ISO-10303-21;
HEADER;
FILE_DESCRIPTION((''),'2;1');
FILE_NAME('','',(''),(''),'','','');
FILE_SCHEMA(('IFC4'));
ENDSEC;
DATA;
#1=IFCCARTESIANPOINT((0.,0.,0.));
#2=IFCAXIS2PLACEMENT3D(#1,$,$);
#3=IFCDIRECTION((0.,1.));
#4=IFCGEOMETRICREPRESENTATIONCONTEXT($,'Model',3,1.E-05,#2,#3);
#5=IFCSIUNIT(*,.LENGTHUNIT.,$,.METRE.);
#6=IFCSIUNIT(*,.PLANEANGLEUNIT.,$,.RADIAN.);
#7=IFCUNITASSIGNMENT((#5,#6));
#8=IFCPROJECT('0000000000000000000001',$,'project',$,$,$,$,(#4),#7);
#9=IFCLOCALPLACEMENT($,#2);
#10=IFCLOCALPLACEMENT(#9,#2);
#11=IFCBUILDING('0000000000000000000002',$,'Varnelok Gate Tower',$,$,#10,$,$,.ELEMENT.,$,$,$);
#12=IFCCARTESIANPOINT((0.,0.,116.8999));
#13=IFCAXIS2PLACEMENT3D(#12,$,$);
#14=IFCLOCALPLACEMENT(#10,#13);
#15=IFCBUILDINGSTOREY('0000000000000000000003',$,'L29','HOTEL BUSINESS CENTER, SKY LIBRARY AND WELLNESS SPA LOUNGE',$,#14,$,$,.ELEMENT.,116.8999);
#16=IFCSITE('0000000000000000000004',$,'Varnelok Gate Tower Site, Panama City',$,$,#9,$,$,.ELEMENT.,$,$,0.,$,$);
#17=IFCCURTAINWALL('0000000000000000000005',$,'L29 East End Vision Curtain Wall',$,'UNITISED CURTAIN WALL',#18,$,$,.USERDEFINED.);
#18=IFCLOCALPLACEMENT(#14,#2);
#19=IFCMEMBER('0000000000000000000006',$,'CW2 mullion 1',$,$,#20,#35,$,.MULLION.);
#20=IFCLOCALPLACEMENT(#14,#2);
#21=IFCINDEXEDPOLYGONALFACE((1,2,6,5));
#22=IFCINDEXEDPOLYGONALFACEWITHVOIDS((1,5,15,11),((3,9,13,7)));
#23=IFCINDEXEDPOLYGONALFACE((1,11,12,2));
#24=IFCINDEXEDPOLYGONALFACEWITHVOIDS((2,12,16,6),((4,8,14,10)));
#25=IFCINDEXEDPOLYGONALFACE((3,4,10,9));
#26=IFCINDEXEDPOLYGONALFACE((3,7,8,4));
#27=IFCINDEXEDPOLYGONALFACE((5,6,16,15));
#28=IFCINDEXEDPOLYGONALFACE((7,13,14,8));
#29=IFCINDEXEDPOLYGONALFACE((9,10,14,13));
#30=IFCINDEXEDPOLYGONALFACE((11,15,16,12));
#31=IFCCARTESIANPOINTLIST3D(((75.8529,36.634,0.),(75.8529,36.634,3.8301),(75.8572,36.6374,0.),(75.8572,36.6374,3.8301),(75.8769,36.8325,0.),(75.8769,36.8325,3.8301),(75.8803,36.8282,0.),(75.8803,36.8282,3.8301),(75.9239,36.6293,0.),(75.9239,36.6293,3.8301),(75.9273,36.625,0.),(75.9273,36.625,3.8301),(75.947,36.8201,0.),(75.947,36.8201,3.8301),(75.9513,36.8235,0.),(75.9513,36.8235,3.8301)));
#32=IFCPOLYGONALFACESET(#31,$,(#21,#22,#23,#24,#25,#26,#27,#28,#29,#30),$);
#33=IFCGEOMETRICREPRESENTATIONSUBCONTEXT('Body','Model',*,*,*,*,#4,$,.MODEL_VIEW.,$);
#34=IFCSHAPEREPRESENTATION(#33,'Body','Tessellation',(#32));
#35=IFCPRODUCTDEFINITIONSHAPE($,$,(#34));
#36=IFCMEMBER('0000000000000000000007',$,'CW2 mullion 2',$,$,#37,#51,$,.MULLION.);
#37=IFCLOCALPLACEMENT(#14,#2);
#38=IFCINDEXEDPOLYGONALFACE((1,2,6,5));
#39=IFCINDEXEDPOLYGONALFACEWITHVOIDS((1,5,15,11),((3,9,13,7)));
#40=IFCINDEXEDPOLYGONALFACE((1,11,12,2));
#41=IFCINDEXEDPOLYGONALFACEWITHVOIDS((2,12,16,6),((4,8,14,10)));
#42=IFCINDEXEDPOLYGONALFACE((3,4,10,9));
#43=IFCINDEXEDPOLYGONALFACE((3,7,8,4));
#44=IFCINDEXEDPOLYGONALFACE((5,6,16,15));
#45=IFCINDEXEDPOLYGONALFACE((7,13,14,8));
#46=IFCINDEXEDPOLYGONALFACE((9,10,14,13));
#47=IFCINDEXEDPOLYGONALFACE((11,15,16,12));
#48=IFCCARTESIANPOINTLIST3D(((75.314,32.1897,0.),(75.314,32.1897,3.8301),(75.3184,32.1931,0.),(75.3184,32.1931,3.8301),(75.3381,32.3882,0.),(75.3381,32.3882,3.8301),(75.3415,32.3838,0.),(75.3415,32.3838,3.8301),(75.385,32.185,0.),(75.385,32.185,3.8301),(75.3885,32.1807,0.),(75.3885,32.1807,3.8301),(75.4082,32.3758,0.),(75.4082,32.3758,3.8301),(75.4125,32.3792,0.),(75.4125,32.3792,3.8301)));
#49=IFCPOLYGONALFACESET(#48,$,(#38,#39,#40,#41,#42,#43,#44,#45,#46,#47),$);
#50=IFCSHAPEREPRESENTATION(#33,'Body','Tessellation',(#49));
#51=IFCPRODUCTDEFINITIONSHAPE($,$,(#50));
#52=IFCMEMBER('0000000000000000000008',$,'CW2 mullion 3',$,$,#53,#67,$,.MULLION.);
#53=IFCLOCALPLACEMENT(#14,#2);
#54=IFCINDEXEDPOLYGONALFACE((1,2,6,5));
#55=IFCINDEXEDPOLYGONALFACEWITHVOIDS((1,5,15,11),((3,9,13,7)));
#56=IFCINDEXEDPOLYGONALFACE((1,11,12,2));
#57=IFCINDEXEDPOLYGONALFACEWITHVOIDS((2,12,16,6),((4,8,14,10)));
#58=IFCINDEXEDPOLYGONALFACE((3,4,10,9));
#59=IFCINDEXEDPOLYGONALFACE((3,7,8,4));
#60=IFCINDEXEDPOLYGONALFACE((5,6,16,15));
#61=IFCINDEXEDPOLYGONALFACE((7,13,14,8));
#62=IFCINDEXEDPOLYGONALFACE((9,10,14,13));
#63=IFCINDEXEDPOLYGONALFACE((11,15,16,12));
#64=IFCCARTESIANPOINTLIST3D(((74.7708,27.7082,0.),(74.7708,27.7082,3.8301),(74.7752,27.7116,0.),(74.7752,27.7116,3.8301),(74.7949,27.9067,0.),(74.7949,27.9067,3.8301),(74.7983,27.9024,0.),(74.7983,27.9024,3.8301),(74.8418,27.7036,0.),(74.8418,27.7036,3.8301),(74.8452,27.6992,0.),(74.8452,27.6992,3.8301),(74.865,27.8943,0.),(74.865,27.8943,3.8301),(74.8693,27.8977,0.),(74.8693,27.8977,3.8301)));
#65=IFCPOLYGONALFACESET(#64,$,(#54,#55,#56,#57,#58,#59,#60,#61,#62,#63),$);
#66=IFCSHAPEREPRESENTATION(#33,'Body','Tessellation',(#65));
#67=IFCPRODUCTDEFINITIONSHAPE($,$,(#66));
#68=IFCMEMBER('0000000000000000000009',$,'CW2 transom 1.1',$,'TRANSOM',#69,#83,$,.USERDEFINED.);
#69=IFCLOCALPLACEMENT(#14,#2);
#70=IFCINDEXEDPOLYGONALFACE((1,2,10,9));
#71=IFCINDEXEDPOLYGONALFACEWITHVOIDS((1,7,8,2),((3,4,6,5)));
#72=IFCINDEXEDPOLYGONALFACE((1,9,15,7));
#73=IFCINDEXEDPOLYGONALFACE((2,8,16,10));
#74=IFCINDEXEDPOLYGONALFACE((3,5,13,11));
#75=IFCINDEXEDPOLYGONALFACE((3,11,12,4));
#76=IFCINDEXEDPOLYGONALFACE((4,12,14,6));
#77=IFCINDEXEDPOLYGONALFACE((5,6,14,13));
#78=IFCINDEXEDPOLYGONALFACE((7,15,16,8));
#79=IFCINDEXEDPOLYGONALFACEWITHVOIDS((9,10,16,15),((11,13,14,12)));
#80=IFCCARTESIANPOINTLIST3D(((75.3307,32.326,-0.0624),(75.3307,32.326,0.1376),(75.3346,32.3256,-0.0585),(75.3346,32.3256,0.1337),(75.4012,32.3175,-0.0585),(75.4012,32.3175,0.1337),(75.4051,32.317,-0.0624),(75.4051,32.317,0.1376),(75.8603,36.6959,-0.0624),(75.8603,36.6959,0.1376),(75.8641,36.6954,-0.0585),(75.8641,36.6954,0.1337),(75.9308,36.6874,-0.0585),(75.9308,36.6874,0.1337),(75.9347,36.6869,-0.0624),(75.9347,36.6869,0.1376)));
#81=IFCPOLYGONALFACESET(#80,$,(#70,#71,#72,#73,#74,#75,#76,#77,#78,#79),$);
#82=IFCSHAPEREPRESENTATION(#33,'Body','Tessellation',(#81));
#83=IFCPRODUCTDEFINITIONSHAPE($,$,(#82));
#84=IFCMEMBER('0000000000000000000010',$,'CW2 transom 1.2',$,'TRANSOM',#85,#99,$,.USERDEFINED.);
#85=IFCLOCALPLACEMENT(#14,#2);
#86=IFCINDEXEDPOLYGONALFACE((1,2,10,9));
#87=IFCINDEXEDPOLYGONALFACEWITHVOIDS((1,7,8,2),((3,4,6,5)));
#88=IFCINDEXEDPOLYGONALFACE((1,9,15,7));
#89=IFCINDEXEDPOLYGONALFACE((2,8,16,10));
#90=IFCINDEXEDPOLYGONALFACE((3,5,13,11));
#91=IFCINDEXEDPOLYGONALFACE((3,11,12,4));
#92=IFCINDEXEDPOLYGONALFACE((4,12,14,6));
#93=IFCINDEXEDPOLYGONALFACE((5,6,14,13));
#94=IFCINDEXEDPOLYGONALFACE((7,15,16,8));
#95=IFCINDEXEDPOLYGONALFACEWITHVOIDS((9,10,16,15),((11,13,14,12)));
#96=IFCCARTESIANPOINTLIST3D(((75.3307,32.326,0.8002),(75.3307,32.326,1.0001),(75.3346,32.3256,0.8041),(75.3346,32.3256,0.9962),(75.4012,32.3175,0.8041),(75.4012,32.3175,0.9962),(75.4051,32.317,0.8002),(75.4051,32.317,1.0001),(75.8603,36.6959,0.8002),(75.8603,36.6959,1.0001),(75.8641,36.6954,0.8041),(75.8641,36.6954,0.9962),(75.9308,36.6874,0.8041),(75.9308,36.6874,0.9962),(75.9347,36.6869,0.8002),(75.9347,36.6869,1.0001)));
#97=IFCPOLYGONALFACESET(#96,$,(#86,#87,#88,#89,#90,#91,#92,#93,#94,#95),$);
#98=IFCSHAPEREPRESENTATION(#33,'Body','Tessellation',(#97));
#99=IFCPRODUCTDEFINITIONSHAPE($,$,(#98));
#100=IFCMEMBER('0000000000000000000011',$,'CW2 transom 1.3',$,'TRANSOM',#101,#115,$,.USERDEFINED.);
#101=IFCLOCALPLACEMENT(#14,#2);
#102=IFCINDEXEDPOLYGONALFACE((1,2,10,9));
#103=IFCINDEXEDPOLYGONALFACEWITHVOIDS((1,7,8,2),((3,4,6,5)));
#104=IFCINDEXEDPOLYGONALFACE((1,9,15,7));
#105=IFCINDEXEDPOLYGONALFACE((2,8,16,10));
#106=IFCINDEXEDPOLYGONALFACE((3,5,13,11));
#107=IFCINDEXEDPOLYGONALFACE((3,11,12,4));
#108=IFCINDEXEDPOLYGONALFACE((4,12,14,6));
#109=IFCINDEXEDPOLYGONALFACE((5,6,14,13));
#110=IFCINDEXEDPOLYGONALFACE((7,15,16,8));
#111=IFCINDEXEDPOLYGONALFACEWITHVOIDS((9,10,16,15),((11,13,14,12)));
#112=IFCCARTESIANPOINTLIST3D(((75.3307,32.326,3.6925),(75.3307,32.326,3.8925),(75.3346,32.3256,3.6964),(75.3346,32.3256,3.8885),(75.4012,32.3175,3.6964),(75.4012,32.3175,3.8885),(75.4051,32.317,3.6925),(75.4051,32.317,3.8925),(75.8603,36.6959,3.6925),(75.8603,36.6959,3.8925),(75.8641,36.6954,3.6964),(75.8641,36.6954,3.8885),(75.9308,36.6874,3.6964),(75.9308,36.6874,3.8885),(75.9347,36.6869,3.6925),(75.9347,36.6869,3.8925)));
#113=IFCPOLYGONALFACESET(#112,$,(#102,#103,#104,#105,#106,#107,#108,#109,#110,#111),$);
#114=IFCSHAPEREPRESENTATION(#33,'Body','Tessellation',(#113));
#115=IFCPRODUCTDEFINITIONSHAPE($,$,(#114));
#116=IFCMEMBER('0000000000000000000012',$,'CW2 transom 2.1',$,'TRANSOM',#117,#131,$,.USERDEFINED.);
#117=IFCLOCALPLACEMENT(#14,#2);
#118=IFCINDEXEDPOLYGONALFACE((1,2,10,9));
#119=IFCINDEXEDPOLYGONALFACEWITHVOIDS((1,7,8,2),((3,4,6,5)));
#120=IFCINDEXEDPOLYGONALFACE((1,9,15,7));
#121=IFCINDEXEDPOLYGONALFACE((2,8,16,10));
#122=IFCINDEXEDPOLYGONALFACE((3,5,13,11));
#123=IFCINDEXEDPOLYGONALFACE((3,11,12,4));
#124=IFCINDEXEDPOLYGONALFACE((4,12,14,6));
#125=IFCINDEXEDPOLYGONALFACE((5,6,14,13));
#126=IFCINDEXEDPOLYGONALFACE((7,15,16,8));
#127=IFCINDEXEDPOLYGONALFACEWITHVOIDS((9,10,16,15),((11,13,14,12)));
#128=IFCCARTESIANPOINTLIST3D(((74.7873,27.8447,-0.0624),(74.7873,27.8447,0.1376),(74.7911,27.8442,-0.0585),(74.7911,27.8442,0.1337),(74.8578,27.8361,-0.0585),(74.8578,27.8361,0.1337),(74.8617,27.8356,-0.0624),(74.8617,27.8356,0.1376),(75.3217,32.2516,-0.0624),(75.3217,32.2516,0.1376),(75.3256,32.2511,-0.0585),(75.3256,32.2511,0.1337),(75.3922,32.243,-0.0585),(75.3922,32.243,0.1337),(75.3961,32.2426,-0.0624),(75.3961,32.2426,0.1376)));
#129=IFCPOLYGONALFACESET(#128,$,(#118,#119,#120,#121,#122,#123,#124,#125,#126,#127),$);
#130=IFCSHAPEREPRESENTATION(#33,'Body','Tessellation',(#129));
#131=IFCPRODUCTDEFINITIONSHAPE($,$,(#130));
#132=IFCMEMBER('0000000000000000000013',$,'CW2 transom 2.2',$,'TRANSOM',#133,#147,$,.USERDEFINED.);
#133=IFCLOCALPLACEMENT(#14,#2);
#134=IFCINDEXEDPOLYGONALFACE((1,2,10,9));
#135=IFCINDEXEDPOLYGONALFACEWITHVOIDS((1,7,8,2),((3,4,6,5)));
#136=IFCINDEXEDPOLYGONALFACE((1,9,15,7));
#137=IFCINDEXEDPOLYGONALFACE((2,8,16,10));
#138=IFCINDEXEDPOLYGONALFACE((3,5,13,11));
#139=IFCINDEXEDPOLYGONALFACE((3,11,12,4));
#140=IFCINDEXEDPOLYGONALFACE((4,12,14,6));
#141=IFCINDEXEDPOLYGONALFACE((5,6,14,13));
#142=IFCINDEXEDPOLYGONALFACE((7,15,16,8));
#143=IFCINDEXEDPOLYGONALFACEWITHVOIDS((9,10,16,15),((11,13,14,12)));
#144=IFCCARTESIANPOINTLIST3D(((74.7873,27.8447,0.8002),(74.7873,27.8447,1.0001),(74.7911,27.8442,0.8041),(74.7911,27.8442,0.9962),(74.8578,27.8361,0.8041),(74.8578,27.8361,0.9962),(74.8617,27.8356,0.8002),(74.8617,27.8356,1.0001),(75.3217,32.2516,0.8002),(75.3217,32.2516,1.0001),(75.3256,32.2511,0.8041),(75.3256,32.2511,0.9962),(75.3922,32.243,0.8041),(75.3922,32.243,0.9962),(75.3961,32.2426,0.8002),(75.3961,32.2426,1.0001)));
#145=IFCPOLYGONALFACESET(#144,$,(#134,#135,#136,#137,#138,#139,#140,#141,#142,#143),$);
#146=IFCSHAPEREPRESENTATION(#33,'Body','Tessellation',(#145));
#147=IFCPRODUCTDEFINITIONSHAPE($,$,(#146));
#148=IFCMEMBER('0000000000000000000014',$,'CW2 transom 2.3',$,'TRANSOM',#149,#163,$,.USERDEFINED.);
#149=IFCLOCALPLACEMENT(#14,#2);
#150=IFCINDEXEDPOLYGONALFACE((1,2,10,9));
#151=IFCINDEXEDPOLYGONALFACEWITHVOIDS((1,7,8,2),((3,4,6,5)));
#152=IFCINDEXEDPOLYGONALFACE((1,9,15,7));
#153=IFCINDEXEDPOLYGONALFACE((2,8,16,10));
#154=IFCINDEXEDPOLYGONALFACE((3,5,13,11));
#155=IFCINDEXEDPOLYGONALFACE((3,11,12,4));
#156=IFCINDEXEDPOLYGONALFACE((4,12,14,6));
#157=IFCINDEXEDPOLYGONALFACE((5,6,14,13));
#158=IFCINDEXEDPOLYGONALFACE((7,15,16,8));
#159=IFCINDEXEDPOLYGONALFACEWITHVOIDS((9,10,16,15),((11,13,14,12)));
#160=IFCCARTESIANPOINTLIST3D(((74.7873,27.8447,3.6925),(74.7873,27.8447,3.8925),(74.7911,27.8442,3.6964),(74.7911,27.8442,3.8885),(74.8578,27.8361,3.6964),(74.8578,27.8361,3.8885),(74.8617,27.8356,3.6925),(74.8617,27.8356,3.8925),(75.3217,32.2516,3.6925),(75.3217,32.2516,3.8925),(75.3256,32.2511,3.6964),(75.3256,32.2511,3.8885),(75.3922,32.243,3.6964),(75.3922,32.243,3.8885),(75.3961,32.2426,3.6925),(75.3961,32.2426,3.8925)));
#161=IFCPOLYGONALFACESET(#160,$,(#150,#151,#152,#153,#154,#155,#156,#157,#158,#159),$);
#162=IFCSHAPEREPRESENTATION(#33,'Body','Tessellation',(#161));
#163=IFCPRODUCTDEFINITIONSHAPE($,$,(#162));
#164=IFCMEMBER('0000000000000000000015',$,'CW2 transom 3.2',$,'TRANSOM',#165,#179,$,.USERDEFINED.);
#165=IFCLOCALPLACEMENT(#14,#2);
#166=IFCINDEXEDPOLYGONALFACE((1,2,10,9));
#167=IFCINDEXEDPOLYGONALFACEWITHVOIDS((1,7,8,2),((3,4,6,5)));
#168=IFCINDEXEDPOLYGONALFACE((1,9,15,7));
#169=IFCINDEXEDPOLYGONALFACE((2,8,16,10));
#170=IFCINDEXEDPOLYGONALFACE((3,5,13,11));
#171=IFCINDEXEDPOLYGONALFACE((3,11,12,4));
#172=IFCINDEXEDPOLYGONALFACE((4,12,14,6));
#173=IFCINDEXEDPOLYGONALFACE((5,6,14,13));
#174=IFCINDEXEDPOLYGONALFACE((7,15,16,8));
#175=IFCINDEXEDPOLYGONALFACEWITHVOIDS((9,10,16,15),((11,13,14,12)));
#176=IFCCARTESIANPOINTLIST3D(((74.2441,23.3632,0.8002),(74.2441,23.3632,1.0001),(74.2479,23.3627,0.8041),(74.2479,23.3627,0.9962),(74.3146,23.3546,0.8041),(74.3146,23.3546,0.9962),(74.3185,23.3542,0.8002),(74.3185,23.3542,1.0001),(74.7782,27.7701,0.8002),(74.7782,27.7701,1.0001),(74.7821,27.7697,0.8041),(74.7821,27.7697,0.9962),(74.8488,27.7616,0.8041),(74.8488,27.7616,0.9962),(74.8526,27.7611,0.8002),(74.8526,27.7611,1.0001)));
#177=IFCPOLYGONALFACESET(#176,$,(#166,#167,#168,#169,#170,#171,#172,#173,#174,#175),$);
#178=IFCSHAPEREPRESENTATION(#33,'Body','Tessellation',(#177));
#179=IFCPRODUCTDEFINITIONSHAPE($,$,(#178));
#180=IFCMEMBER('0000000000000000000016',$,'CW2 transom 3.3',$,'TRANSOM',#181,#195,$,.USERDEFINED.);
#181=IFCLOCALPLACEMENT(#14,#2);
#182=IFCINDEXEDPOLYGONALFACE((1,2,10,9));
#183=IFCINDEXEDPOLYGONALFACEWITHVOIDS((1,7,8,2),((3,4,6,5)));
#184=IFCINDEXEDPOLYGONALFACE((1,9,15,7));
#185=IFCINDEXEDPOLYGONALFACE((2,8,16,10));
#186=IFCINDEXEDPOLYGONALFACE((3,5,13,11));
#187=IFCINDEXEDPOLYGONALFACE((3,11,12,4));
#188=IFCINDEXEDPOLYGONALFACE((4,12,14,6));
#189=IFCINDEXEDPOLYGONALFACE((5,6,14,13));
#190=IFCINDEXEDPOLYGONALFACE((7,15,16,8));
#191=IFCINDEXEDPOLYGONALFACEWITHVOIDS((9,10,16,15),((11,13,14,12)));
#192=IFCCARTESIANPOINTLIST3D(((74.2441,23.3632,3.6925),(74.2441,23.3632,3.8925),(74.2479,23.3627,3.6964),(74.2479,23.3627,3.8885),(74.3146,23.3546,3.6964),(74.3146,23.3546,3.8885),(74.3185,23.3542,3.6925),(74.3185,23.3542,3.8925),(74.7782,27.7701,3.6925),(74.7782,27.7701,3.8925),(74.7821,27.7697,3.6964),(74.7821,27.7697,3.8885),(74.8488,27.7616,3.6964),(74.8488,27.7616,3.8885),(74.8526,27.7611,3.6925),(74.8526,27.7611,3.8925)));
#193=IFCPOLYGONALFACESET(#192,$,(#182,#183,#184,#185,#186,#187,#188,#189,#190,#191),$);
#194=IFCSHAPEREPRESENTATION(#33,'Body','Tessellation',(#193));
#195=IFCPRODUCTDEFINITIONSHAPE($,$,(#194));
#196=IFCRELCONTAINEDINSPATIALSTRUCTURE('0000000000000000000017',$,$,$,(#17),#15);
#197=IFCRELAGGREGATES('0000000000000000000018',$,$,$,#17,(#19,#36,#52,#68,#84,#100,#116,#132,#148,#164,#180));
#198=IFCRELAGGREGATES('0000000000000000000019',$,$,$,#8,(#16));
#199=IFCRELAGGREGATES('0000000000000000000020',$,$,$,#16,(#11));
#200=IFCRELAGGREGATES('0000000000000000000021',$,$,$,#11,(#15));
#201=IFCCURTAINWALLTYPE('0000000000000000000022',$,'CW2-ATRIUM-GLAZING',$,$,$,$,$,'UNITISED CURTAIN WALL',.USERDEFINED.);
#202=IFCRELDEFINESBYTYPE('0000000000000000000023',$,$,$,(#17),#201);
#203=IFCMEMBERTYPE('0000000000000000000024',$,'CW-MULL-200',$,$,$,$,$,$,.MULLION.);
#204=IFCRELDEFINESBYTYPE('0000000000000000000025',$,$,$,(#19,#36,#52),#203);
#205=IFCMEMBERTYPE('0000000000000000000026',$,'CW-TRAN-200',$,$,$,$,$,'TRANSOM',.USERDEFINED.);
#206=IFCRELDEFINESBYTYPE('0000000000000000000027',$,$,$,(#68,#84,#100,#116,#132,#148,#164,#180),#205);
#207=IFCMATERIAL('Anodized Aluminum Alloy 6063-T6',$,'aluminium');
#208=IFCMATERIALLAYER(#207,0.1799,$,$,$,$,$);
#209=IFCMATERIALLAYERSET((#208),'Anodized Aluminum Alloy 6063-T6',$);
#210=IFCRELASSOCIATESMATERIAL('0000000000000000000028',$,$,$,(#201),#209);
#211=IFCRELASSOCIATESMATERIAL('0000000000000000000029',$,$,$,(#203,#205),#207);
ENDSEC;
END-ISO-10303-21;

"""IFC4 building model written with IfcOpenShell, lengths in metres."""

from ifc_helpers import new_model, si_unit, direction, frame, origin, origin_2d, place, context, subcontext, project, spatial, hollow_rectangle, extrude, material, layer, layer_set, material_profile, profile_set, type_object, element, aggregate, save


model = new_model("IFC4")

# Units and contexts
model_context = context("Model", 3, precision=1e-05, world=origin(), true_north=direction((0.0, 1.0)))
body_context = subcontext(model_context, "Body", "Model", "MODEL_VIEW")
ifc_project = project(units=[si_unit("LENGTHUNIT", "METRE"), si_unit("PLANEANGLEUNIT", "RADIAN")], contexts=[model_context])

# Site, building, storey
site_placement = place(None, origin())
site = spatial("IfcSite", under=ifc_project, at=site_placement, Name="Varnelok Gate Tower Site, Panama City", CompositionType="ELEMENT", RefElevation=0.0)
building_placement = place(site_placement, origin())
building = spatial("IfcBuilding", under=site, at=building_placement, Name="Varnelok Gate Tower", CompositionType="ELEMENT")
storey_placement = place(building_placement, frame((0.0, 0.0, 116.8999)))
storey = spatial("IfcBuildingStorey", under=building, at=storey_placement, Name="L29", Description="HOTEL BUSINESS CENTER, SKY LIBRARY AND WELLNESS SPA LOUNGE", CompositionType="ELEMENT", Elevation=116.8999)

# Curtain wall, members
ifc_material_1 = material(Name="Anodized Aluminum Alloy 6063-T6", Category="aluminium")
ifc_layer_1 = layer(ifc_material_1, 0.1799)
ifc_layer_set_1 = layer_set([ifc_layer_1], Name="Anodized Aluminum Alloy 6063-T6")
curtain_wall_type = type_object("IfcCurtainWallType", Name="CW2-ATRIUM-GLAZING", ElementType="UNITISED CURTAIN WALL", PredefinedType="USERDEFINED", material=ifc_layer_set_1)
curtain_wall_placement = place(storey_placement, origin())
curtain_wall = element("IfcCurtainWall", 1, at=curtain_wall_placement, inside=storey, type_object=curtain_wall_type, Name="L29 East End Vision Curtain Wall", ObjectType="UNITISED CURTAIN WALL", PredefinedType="USERDEFINED")
ifc_material_profile_1 = material_profile(ifc_material_1, hollow_rectangle(XDim=0.075, YDim=0.2, WallThickness=0.0039, at=origin_2d()), Name="ALU200X75X4")
ifc_profile_set_1 = profile_set([ifc_material_profile_1], Name="Anodized Aluminum Alloy 6063-T6")
member_type_1 = type_object("IfcMemberType", Name="CW-MULL-200", PredefinedType="MULLION", material=ifc_profile_set_1)
member_1_placement = place(storey_placement, frame((75.9021, 36.7288, 0.0), z_axis=(0.0, 0.0, 1.0), x_axis=(0.992732, -0.120345, 0.0)))
member_1 = element("IfcMember", 2, at=member_1_placement, type_object=member_type_1, Name="CW2 mullion 1", PredefinedType="MULLION", context=body_context, shape_type="SweptSolid", body=[
    extrude(hollow_rectangle(XDim=0.075, YDim=0.2, WallThickness=0.0039, at=origin_2d()), origin(), (0.0, 0.0, 1.0), 3.8301),
])
member_2_placement = place(storey_placement, frame((75.3633, 32.2844, 0.0), z_axis=(0.0, 0.0, 1.0), x_axis=(0.992732, -0.120345, 0.0)))
member_2 = element("IfcMember", 3, at=member_2_placement, type_object=member_type_1, Name="CW2 mullion 2", PredefinedType="MULLION", context=body_context, shape_type="SweptSolid", body=[
    extrude(hollow_rectangle(XDim=0.075, YDim=0.2, WallThickness=0.0039, at=origin_2d()), origin(), (0.0, 0.0, 1.0), 3.8301),
])
member_3_placement = place(storey_placement, frame((74.8201, 27.803, 0.0), z_axis=(0.0, 0.0, 1.0), x_axis=(0.992732, -0.120345, 0.0)))
member_3 = element("IfcMember", 4, at=member_3_placement, type_object=member_type_1, Name="CW2 mullion 3", PredefinedType="MULLION", context=body_context, shape_type="SweptSolid", body=[
    extrude(hollow_rectangle(XDim=0.075, YDim=0.2, WallThickness=0.0039, at=origin_2d()), origin(), (0.0, 0.0, 1.0), 3.8301),
])
ifc_material_profile_2 = material_profile(ifc_material_1, hollow_rectangle(XDim=0.075, YDim=0.2, WallThickness=0.0039, at=origin_2d()), Name="ALU200X75X4")
ifc_profile_set_2 = profile_set([ifc_material_profile_2], Name="Anodized Aluminum Alloy 6063-T6")
member_type_2 = type_object("IfcMemberType", Name="CW-TRAN-200", ElementType="TRANSOM", PredefinedType="USERDEFINED", material=ifc_profile_set_2)
member_4_placement = place(storey_placement, frame((75.8975, 36.6914, 0.0376), z_axis=(-0.1203, -0.992738, 0.0), x_axis=(0.992738, -0.1203, 0.0)))
member_4 = element("IfcMember", 5, at=member_4_placement, type_object=member_type_2, Name="CW2 transom 1.1", ObjectType="TRANSOM", PredefinedType="USERDEFINED", context=body_context, shape_type="SweptSolid", body=[
    extrude(hollow_rectangle(XDim=0.075, YDim=0.2, WallThickness=0.0039, at=origin_2d()), origin(), (0.0, 0.0, 1.0), 4.4019),
])
member_5_placement = place(storey_placement, frame((75.8975, 36.6914, 0.9001), z_axis=(-0.1203, -0.992738, 0.0), x_axis=(0.992738, -0.1203, 0.0)))
member_5 = element("IfcMember", 6, at=member_5_placement, type_object=member_type_2, Name="CW2 transom 1.2", ObjectType="TRANSOM", PredefinedType="USERDEFINED", context=body_context, shape_type="SweptSolid", body=[
    extrude(hollow_rectangle(XDim=0.075, YDim=0.2, WallThickness=0.0039, at=origin_2d()), origin(), (0.0, 0.0, 1.0), 4.4019),
])
member_6_placement = place(storey_placement, frame((75.8975, 36.6914, 3.7925), z_axis=(-0.1203, -0.992738, 0.0), x_axis=(0.992738, -0.1203, 0.0)))
member_6 = element("IfcMember", 7, at=member_6_placement, type_object=member_type_2, Name="CW2 transom 1.3", ObjectType="TRANSOM", PredefinedType="USERDEFINED", context=body_context, shape_type="SweptSolid", body=[
    extrude(hollow_rectangle(XDim=0.075, YDim=0.2, WallThickness=0.0039, at=origin_2d()), origin(), (0.0, 0.0, 1.0), 4.4019),
])
member_7_placement = place(storey_placement, frame((75.3589, 32.2471, 0.0376), z_axis=(-0.120386, -0.992727, 0.0), x_axis=(0.992727, -0.120386, 0.0)))
member_7 = element("IfcMember", 8, at=member_7_placement, type_object=member_type_2, Name="CW2 transom 2.1", ObjectType="TRANSOM", PredefinedType="USERDEFINED", context=body_context, shape_type="SweptSolid", body=[
    extrude(hollow_rectangle(XDim=0.075, YDim=0.2, WallThickness=0.0039, at=origin_2d()), origin(), (0.0, 0.0, 1.0), 4.4392),
])
member_8_placement = place(storey_placement, frame((75.3589, 32.2471, 0.9001), z_axis=(-0.120386, -0.992727, 0.0), x_axis=(0.992727, -0.120386, 0.0)))
member_8 = element("IfcMember", 9, at=member_8_placement, type_object=member_type_2, Name="CW2 transom 2.2", ObjectType="TRANSOM", PredefinedType="USERDEFINED", context=body_context, shape_type="SweptSolid", body=[
    extrude(hollow_rectangle(XDim=0.075, YDim=0.2, WallThickness=0.0039, at=origin_2d()), origin(), (0.0, 0.0, 1.0), 4.4392),
])
member_9_placement = place(storey_placement, frame((75.3589, 32.2471, 3.7925), z_axis=(-0.120386, -0.992727, 0.0), x_axis=(0.992727, -0.120386, 0.0)))
member_9 = element("IfcMember", 10, at=member_9_placement, type_object=member_type_2, Name="CW2 transom 2.3", ObjectType="TRANSOM", PredefinedType="USERDEFINED", context=body_context, shape_type="SweptSolid", body=[
    extrude(hollow_rectangle(XDim=0.075, YDim=0.2, WallThickness=0.0039, at=origin_2d()), origin(), (0.0, 0.0, 1.0), 4.4392),
])
member_10_placement = place(storey_placement, frame((74.8154, 27.7656, 0.9001), z_axis=(-0.120331, -0.992734, 0.0), x_axis=(0.992734, -0.120331, 0.0)))
member_10 = element("IfcMember", 11, at=member_10_placement, type_object=member_type_2, Name="CW2 transom 3.2", ObjectType="TRANSOM", PredefinedType="USERDEFINED", context=body_context, shape_type="SweptSolid", body=[
    extrude(hollow_rectangle(XDim=0.075, YDim=0.2, WallThickness=0.0039, at=origin_2d()), origin(), (0.0, 0.0, 1.0), 4.4392),
])
member_11_placement = place(storey_placement, frame((74.8154, 27.7656, 3.7925), z_axis=(-0.120331, -0.992734, 0.0), x_axis=(0.992734, -0.120331, 0.0)))
member_11 = element("IfcMember", 12, at=member_11_placement, type_object=member_type_2, Name="CW2 transom 3.3", ObjectType="TRANSOM", PredefinedType="USERDEFINED", context=body_context, shape_type="SweptSolid", body=[
    extrude(hollow_rectangle(XDim=0.075, YDim=0.2, WallThickness=0.0039, at=origin_2d()), origin(), (0.0, 0.0, 1.0), 4.4392),
])
aggregate(curtain_wall, [member_1, member_2, member_3, member_4, member_5, member_6, member_7, member_8, member_9, member_10, member_11])

save(model, "model.ifc")
